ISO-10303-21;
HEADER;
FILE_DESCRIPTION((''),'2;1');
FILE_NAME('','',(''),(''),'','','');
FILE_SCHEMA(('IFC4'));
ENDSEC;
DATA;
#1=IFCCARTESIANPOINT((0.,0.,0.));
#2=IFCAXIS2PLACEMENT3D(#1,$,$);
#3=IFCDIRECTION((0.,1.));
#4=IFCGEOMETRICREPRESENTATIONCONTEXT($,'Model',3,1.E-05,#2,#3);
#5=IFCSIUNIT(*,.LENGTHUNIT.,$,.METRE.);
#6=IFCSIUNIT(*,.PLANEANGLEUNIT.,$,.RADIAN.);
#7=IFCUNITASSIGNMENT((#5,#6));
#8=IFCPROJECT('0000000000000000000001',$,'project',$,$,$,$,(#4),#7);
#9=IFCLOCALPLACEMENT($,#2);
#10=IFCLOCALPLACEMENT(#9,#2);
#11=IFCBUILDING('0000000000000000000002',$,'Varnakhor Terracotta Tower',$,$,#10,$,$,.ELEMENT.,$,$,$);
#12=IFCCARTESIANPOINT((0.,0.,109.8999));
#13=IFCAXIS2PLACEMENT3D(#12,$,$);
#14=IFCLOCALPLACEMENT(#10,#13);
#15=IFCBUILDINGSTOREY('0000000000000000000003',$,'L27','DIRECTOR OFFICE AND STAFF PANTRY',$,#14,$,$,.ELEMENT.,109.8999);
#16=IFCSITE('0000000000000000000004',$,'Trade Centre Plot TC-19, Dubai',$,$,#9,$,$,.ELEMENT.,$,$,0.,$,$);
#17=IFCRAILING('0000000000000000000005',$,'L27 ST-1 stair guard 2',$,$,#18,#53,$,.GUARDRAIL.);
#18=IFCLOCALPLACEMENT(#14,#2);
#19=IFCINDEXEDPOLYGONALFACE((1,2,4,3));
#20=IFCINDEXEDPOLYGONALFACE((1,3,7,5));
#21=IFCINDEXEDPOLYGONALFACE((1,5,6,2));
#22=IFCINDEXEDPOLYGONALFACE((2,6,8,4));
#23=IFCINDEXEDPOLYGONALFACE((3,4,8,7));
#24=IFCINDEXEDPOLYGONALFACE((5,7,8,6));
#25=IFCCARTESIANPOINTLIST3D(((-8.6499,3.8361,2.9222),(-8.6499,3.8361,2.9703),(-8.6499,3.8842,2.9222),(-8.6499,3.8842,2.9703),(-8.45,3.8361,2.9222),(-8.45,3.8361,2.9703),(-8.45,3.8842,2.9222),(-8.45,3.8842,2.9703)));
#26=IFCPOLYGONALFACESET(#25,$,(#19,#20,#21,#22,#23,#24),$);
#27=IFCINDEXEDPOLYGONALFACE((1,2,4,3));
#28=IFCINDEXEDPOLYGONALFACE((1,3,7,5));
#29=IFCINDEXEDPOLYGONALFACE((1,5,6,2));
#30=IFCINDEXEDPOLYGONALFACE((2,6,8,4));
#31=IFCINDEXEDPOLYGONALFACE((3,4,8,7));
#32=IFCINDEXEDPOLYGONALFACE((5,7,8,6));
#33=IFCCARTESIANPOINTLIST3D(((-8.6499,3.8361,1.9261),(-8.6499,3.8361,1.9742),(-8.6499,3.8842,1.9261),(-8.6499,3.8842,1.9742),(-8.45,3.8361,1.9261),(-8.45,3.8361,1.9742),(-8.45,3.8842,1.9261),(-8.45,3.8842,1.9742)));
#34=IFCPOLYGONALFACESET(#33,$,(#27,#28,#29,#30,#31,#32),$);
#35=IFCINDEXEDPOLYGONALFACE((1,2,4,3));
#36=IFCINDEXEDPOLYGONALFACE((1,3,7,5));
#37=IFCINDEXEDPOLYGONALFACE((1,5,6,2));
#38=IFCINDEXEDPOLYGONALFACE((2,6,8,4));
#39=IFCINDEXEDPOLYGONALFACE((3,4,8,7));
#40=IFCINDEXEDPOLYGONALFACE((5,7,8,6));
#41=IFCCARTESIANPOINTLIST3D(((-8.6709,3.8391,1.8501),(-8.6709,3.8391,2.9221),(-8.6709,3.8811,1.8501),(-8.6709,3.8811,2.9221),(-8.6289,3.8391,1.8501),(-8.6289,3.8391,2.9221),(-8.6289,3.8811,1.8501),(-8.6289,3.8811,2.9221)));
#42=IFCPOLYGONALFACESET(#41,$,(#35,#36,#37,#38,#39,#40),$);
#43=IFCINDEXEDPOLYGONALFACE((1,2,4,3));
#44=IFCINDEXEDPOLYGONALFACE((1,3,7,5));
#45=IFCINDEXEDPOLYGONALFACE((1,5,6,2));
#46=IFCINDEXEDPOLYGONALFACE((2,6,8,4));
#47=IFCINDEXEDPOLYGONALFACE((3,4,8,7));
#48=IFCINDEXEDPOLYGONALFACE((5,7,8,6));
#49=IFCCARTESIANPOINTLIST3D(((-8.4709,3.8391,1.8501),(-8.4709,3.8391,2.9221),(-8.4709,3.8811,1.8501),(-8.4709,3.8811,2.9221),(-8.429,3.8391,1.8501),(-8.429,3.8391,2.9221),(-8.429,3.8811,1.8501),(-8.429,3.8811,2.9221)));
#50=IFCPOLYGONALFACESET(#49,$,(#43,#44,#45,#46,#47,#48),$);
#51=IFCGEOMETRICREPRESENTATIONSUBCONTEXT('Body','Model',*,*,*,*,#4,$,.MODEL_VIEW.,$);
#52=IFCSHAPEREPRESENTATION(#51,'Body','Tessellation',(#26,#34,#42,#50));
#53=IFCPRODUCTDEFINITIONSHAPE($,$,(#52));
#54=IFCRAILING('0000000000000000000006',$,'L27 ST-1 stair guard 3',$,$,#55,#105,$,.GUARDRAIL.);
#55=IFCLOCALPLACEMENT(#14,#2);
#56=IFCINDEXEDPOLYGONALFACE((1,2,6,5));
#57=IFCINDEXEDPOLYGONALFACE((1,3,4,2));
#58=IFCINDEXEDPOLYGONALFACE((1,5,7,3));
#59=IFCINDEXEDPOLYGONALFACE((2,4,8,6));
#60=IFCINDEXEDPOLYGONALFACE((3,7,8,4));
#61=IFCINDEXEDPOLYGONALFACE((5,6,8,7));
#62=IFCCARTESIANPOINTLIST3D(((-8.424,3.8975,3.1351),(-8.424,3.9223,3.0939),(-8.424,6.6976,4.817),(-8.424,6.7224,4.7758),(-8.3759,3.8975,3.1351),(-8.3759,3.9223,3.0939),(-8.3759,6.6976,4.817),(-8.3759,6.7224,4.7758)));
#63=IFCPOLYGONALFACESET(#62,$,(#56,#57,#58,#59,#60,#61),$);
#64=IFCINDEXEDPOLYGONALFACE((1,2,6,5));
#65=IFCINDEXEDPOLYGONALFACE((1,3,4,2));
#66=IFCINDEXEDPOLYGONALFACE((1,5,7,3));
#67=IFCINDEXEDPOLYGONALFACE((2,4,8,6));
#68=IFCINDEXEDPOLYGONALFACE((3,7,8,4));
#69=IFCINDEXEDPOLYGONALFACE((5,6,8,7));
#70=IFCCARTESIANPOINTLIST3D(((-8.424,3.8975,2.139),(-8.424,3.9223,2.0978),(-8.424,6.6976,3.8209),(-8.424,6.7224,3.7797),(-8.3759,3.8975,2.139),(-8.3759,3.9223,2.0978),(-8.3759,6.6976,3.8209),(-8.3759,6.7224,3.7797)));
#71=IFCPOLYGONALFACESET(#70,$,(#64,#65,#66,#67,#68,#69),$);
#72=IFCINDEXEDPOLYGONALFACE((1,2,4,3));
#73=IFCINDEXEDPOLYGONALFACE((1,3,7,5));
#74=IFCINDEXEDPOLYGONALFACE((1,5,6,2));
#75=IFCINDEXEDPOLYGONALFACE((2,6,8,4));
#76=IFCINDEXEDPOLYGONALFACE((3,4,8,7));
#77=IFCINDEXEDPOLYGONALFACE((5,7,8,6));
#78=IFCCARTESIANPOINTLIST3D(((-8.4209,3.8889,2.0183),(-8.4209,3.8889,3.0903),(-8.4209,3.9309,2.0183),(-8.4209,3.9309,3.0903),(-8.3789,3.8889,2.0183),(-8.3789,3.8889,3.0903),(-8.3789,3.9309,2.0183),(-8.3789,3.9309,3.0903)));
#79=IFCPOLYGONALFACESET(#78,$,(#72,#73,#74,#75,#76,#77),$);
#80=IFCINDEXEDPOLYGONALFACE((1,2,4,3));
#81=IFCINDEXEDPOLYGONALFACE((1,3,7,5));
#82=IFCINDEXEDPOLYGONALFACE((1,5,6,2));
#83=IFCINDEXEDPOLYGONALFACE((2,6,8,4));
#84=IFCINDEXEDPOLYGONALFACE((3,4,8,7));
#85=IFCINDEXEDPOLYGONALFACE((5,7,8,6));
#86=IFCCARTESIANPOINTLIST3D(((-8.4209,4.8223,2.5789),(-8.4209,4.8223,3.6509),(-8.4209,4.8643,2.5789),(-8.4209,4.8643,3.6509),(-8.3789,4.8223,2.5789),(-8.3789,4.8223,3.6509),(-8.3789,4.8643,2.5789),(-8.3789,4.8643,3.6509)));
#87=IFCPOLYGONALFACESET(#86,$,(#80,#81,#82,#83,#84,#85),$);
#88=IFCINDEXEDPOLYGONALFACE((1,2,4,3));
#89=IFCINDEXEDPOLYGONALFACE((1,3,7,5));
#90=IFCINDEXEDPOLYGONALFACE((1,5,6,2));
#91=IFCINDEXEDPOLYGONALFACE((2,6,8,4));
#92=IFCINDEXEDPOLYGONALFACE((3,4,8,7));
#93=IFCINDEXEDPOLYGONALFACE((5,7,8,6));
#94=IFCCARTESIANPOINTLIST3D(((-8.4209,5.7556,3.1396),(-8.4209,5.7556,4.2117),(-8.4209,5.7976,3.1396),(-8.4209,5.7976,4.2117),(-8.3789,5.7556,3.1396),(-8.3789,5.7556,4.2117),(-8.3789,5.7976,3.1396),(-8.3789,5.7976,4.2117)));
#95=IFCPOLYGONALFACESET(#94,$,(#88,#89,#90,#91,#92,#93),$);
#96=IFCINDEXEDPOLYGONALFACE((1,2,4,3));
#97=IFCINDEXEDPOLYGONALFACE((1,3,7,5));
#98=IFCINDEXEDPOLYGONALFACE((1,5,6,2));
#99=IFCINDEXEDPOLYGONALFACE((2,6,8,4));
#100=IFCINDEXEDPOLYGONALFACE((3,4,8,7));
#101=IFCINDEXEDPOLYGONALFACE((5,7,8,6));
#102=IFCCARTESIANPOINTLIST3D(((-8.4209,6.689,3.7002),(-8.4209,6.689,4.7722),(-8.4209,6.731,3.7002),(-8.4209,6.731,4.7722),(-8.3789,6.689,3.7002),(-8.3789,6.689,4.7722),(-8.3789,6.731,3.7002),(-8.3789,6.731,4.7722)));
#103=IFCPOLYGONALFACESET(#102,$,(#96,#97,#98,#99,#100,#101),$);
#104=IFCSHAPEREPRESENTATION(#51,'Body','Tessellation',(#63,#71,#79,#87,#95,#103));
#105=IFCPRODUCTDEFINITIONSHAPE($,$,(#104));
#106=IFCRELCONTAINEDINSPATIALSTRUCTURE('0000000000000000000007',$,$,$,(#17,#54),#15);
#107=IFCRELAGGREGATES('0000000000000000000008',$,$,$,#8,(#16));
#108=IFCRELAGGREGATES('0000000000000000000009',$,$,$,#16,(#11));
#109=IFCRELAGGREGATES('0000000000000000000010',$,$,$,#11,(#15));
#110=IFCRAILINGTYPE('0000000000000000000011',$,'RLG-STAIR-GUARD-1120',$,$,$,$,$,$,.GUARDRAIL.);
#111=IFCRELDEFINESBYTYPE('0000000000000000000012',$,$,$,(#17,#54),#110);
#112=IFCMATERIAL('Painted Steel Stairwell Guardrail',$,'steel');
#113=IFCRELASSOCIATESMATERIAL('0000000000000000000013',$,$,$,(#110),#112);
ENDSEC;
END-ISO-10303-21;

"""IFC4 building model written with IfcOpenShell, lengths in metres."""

from ifc_helpers import new_model, si_unit, direction, frame, origin, origin_2d, place, context, subcontext, project, spatial, rectangle, extrude, material, type_object, element, save


model = new_model("IFC4")

# Units and contexts
model_context = context("Model", 3, precision=1e-05, world=origin(), true_north=direction((0.0, 1.0)))
body_context = subcontext(model_context, "Body", "Model", "MODEL_VIEW")
ifc_project = project(units=[si_unit("LENGTHUNIT", "METRE"), si_unit("PLANEANGLEUNIT", "RADIAN")], contexts=[model_context])

# Site, building, storey
site_placement = place(None, origin())
site = spatial("IfcSite", under=ifc_project, at=site_placement, Name="Trade Centre Plot TC-19, Dubai", CompositionType="ELEMENT", RefElevation=0.0)
building_placement = place(site_placement, origin())
building = spatial("IfcBuilding", under=site, at=building_placement, Name="Varnakhor Terracotta Tower", CompositionType="ELEMENT")
storey_placement = place(building_placement, frame((0.0, 0.0, 109.8999)))
storey = spatial("IfcBuildingStorey", under=building, at=storey_placement, Name="L27", Description="DIRECTOR OFFICE AND STAFF PANTRY", CompositionType="ELEMENT", Elevation=109.8999)

# Railings
ifc_material_1 = material(Name="Painted Steel Stairwell Guardrail", Category="steel")
railing_type = type_object("IfcRailingType", Name="RLG-STAIR-GUARD-1120", PredefinedType="GUARDRAIL", material=ifc_material_1)
railing_1_placement = place(storey_placement, frame((-8.6499, 3.8601, 1.8501)))
element("IfcRailing", 1, at=railing_1_placement, inside=storey, type_object=railing_type, Name="L27 ST-1 stair guard 2", PredefinedType="GUARDRAIL", context=body_context, shape_type="SweptSolid", body=[
    extrude(rectangle(XDim=0.0481, YDim=0.0481, at=origin_2d()), frame((0.0, 0.0, 1.0962), z_axis=(1.0, 0.0, 0.0), x_axis=(0.0, 1.0, 0.0)), (0.0, 0.0, 1.0), 0.2),
    extrude(rectangle(XDim=0.0481, YDim=0.0481, at=origin_2d()), frame((0.0, 0.0, 0.1001), z_axis=(1.0, 0.0, 0.0), x_axis=(0.0, 1.0, 0.0)), (0.0, 0.0, 1.0), 0.2),
    extrude(rectangle(XDim=0.042, YDim=0.042, at=origin_2d()), origin(), (0.0, 0.0, 1.0), 1.072),
    extrude(rectangle(XDim=0.042, YDim=0.042, at=origin_2d()), frame((0.2, 0.0, 0.0)), (0.0, 0.0, 1.0), 1.072),
])
railing_2_placement = place(storey_placement, frame((-8.3999, 3.9099, 2.0183)))
element("IfcRailing", 2, at=railing_2_placement, inside=storey, type_object=railing_type, Name="L27 ST-1 stair guard 3", PredefinedType="GUARDRAIL", context=body_context, shape_type="SweptSolid", body=[
    extrude(rectangle(XDim=0.0481, YDim=0.0481, at=origin_2d()), frame((0.0, 0.0, 1.0962), z_axis=(0.0, 0.857242, 0.514913), x_axis=(-1.0, 0.0, 0.0)), (0.0, 0.0, 1.0), 3.2664),
    extrude(rectangle(XDim=0.0481, YDim=0.0481, at=origin_2d()), frame((0.0, 0.0, 0.1001), z_axis=(0.0, 0.857242, 0.514913), x_axis=(-1.0, 0.0, 0.0)), (0.0, 0.0, 1.0), 3.2664),
    extrude(rectangle(XDim=0.042, YDim=0.042, at=origin_2d()), origin(), (0.0, 0.0, 1.0), 1.072),
    extrude(rectangle(XDim=0.042, YDim=0.042, at=origin_2d()), frame((0.0, 0.9333, 0.5605)), (0.0, 0.0, 1.0), 1.072),
    extrude(rectangle(XDim=0.042, YDim=0.042, at=origin_2d()), frame((0.0, 1.8667, 1.1213)), (0.0, 0.0, 1.0), 1.072),
    extrude(rectangle(XDim=0.042, YDim=0.042, at=origin_2d()), frame((0.0, 2.8, 1.6819)), (0.0, 0.0, 1.0), 1.072),
])

save(model, "model.ifc")
